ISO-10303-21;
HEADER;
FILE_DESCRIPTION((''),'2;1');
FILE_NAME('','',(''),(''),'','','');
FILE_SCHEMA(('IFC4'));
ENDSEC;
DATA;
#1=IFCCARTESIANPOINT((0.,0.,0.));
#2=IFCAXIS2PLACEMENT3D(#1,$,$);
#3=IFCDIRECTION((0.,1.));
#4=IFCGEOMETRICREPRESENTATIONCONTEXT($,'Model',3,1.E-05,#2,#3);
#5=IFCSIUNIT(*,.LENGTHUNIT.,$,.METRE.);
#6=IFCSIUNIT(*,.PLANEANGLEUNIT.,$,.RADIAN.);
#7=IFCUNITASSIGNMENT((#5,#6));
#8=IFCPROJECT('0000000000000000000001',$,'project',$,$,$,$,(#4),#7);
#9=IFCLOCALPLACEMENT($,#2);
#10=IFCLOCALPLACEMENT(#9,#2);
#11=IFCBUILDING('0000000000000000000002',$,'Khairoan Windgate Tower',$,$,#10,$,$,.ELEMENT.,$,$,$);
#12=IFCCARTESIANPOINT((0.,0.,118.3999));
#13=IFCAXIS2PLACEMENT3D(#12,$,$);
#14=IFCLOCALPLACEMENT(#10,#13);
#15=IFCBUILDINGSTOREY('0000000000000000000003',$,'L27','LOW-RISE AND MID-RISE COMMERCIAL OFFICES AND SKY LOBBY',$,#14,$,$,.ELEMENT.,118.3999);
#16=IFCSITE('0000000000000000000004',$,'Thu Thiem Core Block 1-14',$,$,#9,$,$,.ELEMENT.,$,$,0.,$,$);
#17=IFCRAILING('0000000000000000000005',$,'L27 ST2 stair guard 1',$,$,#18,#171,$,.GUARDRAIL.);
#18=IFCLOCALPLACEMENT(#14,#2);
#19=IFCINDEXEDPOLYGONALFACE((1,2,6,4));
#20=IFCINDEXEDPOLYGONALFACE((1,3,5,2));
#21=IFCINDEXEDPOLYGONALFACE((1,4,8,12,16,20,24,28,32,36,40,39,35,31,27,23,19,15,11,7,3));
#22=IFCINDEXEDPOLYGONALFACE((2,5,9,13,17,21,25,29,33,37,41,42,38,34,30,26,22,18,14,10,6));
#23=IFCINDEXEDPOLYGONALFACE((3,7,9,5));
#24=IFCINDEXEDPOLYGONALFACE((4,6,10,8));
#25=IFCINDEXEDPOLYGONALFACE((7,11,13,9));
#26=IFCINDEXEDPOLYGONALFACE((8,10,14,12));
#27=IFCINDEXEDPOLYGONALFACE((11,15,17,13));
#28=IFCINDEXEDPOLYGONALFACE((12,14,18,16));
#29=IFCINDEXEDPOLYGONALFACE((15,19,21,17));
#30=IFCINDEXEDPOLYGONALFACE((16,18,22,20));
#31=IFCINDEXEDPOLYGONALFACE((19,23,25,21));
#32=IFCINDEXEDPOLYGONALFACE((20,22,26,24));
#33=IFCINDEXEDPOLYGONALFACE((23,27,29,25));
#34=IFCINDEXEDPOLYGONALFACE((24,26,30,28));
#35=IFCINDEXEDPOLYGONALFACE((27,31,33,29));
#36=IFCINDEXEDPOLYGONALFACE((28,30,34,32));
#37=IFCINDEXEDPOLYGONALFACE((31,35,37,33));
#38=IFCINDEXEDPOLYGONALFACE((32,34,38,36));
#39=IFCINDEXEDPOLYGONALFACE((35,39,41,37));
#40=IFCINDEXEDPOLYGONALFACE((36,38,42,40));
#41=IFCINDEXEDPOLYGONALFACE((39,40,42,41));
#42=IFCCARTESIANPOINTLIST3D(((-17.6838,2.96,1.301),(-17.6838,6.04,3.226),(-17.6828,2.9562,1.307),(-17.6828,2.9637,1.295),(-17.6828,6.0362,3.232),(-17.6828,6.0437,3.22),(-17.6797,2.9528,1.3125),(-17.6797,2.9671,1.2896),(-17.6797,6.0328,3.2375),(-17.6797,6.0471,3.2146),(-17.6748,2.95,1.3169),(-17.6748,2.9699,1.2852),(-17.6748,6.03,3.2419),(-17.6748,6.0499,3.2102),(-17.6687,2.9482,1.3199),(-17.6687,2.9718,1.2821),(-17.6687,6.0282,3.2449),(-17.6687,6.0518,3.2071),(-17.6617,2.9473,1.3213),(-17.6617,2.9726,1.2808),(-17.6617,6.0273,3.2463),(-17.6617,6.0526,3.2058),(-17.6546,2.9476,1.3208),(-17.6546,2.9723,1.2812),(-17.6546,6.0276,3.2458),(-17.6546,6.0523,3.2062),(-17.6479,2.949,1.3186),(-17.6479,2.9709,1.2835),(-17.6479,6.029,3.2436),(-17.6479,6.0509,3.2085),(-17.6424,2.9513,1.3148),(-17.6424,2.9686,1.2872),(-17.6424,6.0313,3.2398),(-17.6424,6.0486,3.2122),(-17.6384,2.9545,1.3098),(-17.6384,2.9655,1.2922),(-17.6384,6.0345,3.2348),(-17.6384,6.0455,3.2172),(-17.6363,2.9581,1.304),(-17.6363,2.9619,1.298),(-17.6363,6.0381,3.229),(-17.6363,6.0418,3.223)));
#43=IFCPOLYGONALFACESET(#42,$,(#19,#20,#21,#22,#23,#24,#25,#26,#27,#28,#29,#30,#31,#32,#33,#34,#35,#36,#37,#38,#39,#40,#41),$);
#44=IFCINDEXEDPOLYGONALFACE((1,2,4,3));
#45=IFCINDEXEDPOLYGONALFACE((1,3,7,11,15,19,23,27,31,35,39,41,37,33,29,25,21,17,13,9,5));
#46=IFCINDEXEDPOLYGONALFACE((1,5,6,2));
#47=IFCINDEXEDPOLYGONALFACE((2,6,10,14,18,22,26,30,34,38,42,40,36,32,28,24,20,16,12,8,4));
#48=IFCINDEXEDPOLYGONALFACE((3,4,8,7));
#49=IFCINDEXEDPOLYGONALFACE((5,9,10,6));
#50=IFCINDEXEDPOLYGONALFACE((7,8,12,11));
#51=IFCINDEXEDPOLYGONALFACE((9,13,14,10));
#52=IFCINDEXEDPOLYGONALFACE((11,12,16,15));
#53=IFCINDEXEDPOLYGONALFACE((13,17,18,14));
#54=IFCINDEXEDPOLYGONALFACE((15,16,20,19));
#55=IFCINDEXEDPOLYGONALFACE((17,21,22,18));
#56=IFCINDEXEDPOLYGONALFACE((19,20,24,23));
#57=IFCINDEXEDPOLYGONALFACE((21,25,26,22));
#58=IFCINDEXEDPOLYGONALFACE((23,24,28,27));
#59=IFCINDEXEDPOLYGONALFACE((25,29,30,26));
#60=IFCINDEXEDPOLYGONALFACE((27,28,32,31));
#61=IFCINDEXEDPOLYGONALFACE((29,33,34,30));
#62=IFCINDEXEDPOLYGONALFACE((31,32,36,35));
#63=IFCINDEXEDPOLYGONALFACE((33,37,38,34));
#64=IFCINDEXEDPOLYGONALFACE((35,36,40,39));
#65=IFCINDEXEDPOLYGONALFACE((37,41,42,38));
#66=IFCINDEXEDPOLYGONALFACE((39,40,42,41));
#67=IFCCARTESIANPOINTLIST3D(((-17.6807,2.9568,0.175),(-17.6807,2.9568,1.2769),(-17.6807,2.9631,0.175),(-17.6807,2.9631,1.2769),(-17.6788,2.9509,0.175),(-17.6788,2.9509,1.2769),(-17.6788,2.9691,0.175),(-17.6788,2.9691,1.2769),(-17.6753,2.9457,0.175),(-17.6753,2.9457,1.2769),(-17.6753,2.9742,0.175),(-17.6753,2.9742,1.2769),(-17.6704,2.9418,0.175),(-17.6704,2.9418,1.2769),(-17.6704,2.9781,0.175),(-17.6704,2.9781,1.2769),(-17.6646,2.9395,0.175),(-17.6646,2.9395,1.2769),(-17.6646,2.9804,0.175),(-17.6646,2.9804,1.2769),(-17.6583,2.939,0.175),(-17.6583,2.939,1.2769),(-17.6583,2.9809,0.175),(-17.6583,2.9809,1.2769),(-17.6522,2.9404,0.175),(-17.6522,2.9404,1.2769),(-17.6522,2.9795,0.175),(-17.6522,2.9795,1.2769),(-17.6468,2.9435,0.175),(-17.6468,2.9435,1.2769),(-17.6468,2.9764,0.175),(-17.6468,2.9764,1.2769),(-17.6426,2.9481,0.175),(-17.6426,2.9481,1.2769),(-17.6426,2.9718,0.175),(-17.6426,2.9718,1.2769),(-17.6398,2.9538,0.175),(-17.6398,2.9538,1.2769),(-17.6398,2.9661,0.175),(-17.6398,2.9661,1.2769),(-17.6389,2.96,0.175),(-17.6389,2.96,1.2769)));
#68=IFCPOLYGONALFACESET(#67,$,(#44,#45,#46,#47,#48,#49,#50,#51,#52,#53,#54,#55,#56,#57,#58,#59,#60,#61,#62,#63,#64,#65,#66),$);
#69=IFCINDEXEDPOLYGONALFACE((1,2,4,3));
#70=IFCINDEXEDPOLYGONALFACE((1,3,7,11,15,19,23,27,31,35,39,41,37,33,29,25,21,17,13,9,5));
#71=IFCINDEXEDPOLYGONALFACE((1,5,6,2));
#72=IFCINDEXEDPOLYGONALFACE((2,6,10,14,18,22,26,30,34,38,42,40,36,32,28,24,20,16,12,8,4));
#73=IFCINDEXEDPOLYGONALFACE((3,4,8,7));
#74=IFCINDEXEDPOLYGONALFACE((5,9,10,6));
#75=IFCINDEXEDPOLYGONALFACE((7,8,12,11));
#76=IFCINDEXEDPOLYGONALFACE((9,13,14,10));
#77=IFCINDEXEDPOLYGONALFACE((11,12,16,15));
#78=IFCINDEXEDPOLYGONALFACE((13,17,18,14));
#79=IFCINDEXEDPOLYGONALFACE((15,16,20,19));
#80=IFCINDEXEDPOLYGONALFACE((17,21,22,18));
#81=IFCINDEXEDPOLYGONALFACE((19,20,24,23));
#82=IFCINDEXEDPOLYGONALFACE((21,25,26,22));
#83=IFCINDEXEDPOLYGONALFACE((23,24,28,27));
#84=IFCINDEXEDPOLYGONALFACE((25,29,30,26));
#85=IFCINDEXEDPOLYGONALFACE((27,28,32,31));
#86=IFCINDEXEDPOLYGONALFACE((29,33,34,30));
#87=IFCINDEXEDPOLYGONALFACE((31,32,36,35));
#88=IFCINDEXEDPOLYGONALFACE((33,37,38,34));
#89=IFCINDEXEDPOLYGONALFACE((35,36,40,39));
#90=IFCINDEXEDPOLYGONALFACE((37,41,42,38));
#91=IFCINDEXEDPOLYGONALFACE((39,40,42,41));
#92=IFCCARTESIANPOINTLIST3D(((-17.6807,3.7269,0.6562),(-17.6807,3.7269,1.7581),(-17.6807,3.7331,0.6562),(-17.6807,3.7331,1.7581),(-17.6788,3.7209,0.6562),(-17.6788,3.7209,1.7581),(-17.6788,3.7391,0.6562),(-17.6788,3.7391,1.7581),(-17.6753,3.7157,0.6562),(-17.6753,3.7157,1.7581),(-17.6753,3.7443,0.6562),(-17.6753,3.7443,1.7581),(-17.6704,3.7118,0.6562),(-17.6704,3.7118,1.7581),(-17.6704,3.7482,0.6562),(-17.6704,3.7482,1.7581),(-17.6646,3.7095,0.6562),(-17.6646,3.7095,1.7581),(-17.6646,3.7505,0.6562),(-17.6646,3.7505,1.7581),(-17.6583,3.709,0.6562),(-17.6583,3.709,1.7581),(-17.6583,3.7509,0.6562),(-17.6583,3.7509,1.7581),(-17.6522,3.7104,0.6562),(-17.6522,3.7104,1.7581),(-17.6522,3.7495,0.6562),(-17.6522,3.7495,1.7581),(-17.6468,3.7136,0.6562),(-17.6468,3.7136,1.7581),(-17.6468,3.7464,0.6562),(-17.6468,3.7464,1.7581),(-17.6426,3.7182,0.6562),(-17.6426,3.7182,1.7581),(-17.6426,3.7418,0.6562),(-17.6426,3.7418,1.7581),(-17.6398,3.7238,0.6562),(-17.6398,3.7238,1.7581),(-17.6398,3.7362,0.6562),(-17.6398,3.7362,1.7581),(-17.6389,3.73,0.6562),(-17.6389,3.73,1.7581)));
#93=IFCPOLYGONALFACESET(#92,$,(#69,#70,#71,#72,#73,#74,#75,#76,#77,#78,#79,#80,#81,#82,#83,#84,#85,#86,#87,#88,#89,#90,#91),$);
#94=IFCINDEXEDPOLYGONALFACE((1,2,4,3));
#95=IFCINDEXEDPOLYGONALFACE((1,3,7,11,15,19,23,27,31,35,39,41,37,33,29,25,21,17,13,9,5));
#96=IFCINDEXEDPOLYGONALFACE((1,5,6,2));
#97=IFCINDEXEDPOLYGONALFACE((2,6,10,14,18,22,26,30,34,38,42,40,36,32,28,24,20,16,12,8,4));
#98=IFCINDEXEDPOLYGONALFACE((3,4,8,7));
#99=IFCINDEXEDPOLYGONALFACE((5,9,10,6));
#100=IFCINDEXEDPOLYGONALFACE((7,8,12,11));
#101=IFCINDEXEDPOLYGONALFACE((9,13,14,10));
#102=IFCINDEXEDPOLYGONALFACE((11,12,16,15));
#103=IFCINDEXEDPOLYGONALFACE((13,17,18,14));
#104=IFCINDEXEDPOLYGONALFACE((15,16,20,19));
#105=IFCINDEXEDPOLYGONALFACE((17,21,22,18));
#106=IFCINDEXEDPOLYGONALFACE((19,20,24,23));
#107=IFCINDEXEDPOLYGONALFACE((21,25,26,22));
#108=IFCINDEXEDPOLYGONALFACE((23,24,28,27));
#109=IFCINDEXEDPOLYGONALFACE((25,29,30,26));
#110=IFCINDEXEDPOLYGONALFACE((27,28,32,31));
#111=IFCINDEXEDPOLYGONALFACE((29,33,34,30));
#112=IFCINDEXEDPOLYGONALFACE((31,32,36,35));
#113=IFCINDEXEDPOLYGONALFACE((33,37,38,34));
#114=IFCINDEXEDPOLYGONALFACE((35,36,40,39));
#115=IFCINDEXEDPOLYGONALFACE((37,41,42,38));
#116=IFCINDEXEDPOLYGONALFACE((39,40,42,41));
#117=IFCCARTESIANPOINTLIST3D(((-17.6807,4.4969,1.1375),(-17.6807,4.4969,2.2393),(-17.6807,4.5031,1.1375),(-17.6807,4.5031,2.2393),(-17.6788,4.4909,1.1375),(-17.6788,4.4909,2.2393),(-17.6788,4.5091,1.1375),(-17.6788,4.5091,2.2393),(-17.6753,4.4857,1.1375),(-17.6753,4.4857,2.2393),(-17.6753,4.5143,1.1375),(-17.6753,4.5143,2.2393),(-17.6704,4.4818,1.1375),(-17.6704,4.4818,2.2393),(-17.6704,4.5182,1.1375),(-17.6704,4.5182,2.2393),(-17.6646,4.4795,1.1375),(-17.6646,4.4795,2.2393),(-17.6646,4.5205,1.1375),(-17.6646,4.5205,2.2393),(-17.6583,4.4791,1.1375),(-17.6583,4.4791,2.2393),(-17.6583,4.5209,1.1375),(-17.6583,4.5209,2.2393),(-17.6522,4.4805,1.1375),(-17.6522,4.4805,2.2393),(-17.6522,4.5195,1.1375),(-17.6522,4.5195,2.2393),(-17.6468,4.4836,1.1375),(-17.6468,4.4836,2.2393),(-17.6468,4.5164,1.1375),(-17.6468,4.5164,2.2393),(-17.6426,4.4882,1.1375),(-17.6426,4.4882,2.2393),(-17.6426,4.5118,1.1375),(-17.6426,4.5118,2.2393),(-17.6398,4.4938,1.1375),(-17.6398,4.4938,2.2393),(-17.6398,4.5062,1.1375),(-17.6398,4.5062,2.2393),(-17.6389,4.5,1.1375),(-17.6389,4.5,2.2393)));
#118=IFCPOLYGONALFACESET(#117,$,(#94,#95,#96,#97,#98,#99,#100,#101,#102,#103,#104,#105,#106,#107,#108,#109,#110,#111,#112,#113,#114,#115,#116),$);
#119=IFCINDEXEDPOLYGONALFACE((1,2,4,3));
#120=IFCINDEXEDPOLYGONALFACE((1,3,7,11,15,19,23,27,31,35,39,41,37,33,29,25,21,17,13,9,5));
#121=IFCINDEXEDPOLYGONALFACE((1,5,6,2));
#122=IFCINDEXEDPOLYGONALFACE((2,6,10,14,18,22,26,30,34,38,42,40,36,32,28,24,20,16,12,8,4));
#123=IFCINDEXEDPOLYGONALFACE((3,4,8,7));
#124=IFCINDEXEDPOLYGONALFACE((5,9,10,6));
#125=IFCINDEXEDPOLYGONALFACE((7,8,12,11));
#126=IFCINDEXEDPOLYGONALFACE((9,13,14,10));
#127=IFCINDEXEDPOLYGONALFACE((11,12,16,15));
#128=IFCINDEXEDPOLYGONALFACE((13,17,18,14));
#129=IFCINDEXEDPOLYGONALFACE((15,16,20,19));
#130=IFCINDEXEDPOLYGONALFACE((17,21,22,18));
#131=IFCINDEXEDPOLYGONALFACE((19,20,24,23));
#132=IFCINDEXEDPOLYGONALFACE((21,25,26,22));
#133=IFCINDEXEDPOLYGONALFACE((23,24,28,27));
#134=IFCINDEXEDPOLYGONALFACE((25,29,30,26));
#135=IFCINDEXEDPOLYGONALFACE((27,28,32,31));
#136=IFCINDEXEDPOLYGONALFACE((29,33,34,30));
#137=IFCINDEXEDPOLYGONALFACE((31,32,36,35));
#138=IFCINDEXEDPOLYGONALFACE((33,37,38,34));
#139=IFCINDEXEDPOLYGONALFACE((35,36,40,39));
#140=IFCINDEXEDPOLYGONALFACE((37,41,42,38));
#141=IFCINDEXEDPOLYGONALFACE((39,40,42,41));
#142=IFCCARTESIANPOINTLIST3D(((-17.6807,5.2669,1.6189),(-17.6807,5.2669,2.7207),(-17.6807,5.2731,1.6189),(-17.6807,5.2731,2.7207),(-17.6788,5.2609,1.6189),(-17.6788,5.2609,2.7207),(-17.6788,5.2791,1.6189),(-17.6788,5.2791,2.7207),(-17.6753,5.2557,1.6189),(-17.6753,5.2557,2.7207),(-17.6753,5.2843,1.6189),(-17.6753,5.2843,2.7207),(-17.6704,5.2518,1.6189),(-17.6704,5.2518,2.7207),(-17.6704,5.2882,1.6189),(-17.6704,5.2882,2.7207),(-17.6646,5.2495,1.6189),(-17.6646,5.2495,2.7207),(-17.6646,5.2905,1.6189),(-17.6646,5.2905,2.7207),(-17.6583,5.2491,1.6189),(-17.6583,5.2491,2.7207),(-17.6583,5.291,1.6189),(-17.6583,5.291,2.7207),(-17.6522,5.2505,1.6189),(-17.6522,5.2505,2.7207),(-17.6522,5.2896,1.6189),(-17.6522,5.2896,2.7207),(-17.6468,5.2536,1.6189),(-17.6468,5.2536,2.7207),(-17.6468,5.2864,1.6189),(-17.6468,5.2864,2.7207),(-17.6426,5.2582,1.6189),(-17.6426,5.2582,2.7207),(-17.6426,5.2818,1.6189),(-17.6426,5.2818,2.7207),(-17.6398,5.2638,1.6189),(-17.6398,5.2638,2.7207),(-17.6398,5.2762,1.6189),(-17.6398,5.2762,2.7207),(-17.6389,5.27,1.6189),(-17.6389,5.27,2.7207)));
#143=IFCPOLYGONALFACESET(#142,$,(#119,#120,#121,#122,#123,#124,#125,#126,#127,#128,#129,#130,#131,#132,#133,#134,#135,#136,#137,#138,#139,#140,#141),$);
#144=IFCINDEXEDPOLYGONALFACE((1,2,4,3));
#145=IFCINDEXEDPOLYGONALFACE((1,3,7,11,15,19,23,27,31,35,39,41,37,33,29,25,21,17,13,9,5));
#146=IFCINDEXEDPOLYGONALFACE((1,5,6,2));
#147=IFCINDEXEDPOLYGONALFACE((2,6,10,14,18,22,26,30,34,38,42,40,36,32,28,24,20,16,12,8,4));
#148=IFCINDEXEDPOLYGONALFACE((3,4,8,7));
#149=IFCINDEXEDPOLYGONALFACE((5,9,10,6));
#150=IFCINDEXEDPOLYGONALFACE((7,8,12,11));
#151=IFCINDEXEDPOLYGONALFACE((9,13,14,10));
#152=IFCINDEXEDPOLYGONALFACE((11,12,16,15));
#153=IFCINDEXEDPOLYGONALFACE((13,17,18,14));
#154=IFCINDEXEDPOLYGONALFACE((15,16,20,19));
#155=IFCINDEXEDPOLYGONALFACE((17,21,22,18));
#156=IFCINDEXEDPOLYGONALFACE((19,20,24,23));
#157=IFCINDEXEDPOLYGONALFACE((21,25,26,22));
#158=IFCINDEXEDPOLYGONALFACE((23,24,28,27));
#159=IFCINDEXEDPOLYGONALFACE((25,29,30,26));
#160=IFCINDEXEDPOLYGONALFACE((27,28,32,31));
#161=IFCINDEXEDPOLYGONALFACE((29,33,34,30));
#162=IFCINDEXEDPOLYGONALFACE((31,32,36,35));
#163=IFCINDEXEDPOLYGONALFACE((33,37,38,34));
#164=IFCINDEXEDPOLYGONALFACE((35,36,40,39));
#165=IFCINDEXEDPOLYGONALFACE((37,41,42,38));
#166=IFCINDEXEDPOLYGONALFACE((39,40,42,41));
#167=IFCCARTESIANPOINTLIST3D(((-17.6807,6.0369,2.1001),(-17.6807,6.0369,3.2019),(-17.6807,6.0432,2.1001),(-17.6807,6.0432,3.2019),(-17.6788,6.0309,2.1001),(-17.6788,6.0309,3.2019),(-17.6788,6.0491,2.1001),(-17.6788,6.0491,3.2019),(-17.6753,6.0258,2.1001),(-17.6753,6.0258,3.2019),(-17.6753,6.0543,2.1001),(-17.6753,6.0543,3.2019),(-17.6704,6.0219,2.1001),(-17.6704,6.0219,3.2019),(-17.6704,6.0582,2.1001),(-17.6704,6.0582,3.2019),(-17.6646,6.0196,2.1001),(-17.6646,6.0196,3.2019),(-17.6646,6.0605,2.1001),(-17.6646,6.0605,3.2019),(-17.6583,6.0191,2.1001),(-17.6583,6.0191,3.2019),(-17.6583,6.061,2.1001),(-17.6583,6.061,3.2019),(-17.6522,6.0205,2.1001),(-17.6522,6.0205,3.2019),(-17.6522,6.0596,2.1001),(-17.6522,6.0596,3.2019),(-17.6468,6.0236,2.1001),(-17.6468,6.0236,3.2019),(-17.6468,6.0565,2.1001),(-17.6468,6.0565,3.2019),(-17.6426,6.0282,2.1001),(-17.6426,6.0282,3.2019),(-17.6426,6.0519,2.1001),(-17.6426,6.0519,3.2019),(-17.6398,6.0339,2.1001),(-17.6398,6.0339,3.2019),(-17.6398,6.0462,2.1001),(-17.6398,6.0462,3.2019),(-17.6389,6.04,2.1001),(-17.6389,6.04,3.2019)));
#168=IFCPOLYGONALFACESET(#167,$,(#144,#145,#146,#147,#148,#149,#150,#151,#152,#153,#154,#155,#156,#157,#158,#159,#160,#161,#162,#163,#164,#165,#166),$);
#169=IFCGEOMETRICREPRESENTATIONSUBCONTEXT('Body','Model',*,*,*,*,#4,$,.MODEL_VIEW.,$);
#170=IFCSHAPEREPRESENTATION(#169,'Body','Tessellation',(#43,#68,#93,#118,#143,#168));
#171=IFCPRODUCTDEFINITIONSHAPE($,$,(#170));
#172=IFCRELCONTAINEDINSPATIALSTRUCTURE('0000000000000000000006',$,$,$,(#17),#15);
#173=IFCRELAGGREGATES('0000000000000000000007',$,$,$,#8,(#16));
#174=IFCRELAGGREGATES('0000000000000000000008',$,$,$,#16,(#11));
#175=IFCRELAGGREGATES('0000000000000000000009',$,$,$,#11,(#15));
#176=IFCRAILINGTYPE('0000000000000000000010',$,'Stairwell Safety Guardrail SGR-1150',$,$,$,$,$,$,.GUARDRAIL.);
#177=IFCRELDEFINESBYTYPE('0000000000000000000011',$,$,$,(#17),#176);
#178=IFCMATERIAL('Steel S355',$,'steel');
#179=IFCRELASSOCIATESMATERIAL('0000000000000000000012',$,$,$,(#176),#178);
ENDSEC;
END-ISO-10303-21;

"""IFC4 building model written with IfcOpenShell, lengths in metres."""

from ifc_helpers import new_model, si_unit, direction, frame, origin, origin_2d, place, context, subcontext, project, spatial, circle, extrude, material, type_object, element, save


model = new_model("IFC4")

# Units and contexts
model_context = context("Model", 3, precision=1e-05, world=origin(), true_north=direction((0.0, 1.0)))
body_context = subcontext(model_context, "Body", "Model", "MODEL_VIEW")
ifc_project = project(units=[si_unit("LENGTHUNIT", "METRE"), si_unit("PLANEANGLEUNIT", "RADIAN")], contexts=[model_context])

# Site, building, storey
site_placement = place(None, origin())
site = spatial("IfcSite", under=ifc_project, at=site_placement, Name="Thu Thiem Core Block 1-14", CompositionType="ELEMENT", RefElevation=0.0)
building_placement = place(site_placement, origin())
building = spatial("IfcBuilding", under=site, at=building_placement, Name="Khairoan Windgate Tower", CompositionType="ELEMENT")
storey_placement = place(building_placement, frame((0.0, 0.0, 118.3999)))
storey = spatial("IfcBuildingStorey", under=building, at=storey_placement, Name="L27", Description="LOW-RISE AND MID-RISE COMMERCIAL OFFICES AND SKY LOBBY", CompositionType="ELEMENT", Elevation=118.3999)

# Railing
ifc_material_1 = material(Name="Steel S355", Category="steel")
railing_type_1 = type_object("IfcRailingType", Name="Stairwell Safety Guardrail SGR-1150", PredefinedType="GUARDRAIL", material=ifc_material_1)
railing_1_placement = place(storey_placement, frame((-17.6599, 2.96, 0.175)))
element("IfcRailing", 1, at=railing_1_placement, inside=storey, type_object=railing_type_1, Name="L27 ST2 stair guard 1", PredefinedType="GUARDRAIL", context=body_context, shape_type="SweptSolid", body=[
    extrude(circle(Radius=0.0239, at=origin_2d()), frame((0.0, 0.0, 1.126), z_axis=(0.0, 0.847998, 0.529999), x_axis=(-1.0, 0.0, 0.0)), (0.0, 0.0, 1.0), 3.6321),
    extrude(circle(Radius=0.021, at=origin_2d()), origin(), (0.0, 0.0, 1.0), 1.1018),
    extrude(circle(Radius=0.021, at=origin_2d()), frame((0.0, 0.77, 0.4812)), (0.0, 0.0, 1.0), 1.1018),
    extrude(circle(Radius=0.021, at=origin_2d()), frame((0.0, 1.54, 0.9624)), (0.0, 0.0, 1.0), 1.1018),
    extrude(circle(Radius=0.021, at=origin_2d()), frame((0.0, 2.3101, 1.4438)), (0.0, 0.0, 1.0), 1.1018),
    extrude(circle(Radius=0.021, at=origin_2d()), frame((0.0, 3.0801, 1.925)), (0.0, 0.0, 1.0), 1.1018),
])

save(model, "model.ifc")
